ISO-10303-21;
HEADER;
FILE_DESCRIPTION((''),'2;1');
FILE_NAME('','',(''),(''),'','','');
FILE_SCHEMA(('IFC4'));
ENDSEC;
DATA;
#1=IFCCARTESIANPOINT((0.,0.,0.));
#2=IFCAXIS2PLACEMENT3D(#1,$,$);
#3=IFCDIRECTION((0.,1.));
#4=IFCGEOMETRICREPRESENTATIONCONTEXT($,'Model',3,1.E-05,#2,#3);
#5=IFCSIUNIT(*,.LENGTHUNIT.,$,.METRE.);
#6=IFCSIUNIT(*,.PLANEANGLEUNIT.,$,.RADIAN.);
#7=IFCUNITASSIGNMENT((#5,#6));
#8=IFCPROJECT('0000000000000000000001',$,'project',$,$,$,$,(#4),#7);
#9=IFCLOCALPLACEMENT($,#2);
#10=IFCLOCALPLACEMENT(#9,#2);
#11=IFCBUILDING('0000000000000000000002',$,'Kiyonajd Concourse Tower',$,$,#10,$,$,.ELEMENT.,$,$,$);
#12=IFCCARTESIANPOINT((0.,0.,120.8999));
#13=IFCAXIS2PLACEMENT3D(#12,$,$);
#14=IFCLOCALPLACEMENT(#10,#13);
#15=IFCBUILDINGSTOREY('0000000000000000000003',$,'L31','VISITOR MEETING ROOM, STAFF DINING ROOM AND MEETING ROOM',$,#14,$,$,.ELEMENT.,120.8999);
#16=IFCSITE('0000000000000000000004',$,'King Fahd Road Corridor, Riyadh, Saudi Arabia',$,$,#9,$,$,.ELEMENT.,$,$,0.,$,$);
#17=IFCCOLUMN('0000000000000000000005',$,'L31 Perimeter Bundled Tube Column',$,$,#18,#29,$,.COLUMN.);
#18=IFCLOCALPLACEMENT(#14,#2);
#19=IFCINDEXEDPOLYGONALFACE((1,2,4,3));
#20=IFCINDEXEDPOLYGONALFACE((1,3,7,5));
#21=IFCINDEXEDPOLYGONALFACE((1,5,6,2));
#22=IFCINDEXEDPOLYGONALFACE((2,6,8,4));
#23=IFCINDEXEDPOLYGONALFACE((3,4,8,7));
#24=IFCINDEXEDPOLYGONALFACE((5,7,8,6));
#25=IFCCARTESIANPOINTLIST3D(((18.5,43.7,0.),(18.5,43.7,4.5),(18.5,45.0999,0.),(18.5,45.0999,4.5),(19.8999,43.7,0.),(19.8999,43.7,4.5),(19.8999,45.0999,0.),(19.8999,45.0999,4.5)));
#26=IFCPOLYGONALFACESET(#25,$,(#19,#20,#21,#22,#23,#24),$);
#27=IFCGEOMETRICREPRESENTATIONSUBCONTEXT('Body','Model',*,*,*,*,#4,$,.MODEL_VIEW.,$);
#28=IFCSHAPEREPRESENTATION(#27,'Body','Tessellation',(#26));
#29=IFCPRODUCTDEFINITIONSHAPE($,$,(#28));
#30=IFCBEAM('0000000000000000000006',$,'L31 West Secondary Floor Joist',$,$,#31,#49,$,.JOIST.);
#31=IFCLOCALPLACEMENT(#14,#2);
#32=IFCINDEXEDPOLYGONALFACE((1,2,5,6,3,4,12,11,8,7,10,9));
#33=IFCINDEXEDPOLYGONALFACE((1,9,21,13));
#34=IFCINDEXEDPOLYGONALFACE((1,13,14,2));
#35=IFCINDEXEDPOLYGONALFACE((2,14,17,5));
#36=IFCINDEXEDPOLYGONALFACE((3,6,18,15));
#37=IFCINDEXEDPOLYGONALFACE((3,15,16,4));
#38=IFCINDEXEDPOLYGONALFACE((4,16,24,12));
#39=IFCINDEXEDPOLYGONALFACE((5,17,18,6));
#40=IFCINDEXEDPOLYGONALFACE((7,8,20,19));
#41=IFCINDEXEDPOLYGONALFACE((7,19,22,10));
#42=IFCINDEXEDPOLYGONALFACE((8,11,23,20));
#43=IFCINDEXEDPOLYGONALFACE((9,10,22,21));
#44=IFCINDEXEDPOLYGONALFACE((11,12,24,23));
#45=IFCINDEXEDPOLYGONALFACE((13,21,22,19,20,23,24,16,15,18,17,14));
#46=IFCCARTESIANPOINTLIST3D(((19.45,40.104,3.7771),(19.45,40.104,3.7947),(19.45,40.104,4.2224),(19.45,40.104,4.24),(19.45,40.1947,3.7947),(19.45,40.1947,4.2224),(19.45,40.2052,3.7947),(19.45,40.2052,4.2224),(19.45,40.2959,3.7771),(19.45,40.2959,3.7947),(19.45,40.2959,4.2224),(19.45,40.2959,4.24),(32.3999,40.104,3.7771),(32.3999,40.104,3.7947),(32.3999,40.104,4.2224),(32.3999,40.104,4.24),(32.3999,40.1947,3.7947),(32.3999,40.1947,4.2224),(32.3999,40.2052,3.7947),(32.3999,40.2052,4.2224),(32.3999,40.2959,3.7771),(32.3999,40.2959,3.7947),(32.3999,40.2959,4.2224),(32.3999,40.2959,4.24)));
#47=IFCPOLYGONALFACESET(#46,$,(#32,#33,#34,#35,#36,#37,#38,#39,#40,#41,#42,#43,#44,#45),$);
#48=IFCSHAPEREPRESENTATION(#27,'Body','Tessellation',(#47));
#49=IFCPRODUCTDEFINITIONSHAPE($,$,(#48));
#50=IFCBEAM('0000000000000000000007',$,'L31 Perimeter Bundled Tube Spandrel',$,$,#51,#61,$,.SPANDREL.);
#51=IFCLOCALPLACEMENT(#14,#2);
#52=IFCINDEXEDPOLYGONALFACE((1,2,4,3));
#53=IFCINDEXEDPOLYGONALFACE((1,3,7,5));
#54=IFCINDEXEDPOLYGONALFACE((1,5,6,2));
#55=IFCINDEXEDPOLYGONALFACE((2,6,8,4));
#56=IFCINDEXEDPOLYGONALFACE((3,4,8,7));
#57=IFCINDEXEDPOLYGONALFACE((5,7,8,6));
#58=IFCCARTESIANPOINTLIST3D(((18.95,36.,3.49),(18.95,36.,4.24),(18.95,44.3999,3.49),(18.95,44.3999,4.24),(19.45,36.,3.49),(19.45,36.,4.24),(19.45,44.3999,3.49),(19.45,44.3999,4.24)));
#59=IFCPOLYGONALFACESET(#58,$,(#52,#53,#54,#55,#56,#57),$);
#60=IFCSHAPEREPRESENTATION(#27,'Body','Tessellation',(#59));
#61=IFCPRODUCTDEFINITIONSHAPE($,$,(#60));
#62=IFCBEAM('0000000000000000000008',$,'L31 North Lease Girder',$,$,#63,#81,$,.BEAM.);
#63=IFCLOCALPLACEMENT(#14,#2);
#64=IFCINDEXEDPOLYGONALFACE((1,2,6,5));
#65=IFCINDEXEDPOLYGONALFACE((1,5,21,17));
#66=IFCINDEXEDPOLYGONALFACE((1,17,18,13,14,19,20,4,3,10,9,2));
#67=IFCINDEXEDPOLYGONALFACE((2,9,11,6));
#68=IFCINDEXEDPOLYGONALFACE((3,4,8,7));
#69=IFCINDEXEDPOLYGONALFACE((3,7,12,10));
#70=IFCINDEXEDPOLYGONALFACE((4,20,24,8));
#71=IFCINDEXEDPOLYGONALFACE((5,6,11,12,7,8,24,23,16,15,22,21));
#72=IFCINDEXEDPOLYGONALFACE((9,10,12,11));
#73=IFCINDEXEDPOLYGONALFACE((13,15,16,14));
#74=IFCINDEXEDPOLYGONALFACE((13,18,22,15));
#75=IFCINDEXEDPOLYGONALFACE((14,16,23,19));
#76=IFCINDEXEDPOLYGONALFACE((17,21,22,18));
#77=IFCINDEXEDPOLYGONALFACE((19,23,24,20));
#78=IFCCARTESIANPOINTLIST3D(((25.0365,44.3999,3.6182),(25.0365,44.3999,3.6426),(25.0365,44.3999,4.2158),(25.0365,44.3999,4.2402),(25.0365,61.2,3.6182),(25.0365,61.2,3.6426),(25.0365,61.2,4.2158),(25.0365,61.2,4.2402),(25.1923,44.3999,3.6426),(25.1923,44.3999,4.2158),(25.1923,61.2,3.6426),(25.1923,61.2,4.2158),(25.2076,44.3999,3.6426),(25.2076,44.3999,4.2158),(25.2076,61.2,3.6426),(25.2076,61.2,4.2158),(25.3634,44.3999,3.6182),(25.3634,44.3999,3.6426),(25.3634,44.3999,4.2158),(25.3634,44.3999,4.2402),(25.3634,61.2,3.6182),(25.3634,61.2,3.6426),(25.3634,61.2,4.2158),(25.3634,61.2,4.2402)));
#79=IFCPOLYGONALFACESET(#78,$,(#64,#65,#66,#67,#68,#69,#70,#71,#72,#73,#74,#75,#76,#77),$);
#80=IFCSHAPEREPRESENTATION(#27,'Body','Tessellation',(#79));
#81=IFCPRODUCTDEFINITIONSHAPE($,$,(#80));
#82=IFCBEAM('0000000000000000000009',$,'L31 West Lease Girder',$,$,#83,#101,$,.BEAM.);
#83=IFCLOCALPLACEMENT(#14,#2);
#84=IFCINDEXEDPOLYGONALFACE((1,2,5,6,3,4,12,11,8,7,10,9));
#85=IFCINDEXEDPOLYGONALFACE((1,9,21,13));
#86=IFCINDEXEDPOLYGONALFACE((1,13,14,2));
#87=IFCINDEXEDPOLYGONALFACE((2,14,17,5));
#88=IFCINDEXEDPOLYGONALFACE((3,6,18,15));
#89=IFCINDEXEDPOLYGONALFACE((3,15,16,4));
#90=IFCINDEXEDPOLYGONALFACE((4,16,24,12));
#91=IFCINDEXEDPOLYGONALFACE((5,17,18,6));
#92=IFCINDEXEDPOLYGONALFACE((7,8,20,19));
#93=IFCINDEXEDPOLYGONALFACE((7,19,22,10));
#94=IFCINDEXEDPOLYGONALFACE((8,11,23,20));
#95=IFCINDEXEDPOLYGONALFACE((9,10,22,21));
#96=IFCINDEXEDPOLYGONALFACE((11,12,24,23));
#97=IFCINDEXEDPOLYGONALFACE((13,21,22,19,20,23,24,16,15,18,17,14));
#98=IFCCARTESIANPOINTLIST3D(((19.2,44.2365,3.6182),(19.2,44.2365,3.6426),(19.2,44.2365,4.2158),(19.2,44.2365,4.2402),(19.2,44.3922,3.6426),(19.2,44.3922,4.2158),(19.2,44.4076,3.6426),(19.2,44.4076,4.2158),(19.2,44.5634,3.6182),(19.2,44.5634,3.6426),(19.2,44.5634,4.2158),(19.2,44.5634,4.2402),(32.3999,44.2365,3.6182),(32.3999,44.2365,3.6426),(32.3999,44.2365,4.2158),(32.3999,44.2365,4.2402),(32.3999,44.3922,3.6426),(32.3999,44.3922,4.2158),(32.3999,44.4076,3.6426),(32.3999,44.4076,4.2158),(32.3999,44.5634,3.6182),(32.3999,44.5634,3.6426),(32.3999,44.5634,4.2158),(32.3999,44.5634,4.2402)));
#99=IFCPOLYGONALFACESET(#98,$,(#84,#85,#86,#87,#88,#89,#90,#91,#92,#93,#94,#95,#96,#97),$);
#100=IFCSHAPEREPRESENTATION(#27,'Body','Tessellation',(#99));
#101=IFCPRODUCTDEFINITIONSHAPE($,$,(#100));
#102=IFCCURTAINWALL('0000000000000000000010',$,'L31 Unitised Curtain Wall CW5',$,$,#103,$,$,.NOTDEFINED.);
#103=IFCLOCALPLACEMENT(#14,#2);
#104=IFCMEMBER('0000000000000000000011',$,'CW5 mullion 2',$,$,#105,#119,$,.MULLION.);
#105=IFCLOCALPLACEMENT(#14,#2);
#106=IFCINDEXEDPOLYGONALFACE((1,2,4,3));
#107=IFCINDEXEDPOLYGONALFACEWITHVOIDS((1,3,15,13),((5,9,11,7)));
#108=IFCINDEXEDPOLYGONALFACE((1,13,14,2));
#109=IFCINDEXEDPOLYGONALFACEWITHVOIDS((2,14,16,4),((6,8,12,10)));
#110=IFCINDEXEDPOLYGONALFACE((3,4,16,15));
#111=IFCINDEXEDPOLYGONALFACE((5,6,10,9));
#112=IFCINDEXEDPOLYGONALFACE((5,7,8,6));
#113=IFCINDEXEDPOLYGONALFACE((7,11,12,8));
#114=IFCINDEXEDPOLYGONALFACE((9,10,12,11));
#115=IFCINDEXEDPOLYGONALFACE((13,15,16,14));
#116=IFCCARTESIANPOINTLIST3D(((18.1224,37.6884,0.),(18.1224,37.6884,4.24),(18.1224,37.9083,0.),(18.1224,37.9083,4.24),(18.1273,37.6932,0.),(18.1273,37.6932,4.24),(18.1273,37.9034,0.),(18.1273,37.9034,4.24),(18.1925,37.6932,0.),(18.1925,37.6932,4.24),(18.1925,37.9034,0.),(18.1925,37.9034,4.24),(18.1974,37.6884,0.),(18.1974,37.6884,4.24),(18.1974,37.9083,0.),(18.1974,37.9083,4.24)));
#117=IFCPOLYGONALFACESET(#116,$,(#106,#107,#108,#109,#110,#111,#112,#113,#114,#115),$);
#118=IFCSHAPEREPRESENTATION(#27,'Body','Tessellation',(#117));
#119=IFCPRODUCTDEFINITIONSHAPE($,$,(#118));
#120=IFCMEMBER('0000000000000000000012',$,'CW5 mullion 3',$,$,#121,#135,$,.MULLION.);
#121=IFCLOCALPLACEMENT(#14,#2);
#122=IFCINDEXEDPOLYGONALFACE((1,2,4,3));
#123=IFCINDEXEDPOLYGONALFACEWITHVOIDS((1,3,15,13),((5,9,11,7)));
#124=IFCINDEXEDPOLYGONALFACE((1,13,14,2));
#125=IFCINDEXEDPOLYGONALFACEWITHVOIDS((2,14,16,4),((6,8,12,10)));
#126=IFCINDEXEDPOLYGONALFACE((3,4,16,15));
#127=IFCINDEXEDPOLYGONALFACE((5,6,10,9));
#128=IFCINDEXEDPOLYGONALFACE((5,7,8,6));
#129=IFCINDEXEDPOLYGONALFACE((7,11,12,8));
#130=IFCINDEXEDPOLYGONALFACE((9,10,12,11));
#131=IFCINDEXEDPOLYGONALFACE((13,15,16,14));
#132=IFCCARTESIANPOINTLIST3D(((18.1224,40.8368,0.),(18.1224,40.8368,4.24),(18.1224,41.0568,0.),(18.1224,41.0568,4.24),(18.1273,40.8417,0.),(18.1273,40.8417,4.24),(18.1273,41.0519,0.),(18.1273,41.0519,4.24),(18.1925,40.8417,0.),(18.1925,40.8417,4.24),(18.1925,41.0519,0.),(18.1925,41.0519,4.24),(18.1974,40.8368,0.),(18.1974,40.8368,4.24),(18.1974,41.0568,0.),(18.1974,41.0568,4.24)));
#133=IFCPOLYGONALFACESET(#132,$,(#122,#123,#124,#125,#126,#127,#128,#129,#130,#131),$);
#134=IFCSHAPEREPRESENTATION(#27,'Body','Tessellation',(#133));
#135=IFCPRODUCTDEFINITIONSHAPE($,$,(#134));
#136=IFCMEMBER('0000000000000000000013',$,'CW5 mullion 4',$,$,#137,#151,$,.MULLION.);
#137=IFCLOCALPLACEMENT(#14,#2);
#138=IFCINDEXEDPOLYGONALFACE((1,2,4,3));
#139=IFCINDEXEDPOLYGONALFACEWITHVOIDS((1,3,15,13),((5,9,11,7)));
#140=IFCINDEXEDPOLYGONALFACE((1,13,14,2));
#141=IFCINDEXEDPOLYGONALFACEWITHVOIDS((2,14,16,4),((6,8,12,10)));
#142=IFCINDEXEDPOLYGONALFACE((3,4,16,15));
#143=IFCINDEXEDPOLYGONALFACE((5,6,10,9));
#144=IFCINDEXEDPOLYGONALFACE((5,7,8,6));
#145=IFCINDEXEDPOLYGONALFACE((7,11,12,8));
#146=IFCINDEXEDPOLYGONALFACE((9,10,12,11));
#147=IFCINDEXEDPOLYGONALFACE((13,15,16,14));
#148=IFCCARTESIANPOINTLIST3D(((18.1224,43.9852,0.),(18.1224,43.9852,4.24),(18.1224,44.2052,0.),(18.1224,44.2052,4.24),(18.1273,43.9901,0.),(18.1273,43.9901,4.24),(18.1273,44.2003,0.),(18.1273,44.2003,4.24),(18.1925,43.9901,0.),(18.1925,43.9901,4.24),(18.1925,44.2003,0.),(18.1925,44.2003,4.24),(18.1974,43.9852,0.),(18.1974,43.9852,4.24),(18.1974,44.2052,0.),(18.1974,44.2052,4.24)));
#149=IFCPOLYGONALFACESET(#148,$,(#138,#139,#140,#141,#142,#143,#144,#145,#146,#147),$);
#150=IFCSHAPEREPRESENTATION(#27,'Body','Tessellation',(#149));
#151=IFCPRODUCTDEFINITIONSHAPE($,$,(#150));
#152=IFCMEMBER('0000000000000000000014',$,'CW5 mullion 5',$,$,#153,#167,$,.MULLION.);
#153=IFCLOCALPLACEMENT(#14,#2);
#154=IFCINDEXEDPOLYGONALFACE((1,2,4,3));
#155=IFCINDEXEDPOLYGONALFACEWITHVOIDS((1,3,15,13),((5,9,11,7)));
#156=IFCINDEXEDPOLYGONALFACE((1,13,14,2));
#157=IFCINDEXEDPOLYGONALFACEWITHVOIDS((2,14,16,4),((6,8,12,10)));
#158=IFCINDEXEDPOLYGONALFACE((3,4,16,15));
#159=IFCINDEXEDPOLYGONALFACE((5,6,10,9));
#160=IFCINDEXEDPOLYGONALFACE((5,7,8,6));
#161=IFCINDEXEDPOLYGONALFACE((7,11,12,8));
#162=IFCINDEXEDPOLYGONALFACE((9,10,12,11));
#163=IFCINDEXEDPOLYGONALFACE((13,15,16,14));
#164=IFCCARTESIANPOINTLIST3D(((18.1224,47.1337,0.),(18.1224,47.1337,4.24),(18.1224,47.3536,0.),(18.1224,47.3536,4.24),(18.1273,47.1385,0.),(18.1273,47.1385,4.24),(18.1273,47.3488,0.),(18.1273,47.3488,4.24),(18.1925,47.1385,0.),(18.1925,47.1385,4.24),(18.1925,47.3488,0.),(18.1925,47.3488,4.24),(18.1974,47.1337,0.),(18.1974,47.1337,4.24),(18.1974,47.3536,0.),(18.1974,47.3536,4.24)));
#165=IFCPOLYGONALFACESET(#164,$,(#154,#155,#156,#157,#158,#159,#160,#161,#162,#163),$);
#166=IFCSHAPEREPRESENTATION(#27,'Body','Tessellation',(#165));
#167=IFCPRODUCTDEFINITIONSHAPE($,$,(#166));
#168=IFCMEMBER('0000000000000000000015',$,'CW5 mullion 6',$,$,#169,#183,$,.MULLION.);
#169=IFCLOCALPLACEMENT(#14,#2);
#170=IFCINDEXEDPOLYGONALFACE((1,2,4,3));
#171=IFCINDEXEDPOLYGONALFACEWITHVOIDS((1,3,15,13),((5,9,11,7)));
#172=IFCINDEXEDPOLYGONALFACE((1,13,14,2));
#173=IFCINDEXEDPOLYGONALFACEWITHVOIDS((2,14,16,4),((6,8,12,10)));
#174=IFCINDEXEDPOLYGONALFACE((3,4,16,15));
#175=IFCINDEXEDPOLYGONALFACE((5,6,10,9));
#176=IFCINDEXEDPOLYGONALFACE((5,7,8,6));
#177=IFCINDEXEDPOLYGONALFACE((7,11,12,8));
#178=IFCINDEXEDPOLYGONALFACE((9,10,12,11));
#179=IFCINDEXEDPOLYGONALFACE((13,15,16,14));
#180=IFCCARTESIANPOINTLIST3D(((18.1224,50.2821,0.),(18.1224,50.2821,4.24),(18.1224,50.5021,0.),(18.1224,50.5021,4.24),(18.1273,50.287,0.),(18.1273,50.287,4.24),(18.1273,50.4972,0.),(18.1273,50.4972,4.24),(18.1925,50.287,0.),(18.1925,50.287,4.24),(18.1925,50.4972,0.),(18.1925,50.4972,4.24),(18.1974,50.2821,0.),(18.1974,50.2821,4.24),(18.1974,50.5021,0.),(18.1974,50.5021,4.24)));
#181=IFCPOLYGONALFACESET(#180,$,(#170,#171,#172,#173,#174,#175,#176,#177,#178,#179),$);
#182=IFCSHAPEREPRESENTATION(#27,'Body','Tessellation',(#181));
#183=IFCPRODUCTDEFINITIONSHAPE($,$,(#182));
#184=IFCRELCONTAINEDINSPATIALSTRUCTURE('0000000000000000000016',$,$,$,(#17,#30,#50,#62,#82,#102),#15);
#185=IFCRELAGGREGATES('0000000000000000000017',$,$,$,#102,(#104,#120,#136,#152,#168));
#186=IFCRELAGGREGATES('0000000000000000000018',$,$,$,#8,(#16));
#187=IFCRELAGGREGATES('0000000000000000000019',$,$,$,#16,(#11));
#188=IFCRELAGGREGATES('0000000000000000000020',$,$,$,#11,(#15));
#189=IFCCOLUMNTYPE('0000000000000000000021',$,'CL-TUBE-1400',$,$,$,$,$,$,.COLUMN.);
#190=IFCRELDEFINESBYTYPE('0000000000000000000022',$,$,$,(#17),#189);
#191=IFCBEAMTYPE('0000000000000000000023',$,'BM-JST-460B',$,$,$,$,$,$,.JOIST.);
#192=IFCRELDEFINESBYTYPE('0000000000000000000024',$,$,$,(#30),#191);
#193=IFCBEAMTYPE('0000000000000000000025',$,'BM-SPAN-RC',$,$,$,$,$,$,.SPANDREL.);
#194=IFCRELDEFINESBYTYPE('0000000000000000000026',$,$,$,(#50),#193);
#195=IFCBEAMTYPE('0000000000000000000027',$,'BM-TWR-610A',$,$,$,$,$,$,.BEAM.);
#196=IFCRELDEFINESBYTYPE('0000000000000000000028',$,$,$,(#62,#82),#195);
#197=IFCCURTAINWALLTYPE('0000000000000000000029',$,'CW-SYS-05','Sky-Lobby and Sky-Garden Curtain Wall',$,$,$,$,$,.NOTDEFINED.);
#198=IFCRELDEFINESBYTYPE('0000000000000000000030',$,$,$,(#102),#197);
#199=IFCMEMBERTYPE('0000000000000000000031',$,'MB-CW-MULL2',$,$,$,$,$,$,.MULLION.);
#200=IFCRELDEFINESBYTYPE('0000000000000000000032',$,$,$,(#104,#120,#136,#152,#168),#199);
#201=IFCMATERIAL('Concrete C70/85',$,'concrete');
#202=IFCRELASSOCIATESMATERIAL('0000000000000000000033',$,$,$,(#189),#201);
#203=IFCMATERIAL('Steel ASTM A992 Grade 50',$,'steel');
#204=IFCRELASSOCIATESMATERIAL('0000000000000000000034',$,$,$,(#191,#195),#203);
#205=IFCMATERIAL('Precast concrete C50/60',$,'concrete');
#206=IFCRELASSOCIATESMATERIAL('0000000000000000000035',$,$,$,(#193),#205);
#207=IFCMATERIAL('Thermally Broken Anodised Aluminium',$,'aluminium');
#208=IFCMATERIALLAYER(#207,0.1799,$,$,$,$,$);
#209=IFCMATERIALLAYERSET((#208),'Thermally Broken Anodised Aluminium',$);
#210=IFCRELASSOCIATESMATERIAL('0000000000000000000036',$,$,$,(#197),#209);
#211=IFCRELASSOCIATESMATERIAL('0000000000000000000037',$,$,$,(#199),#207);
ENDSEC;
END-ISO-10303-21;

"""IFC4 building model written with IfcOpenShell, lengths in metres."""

from ifc_helpers import new_model, si_unit, direction, frame, origin, origin_2d, place, context, subcontext, project, spatial, rectangle, hollow_rectangle, i_section, extrude, material, layer, layer_set, material_profile, profile_set, type_object, element, aggregate, save


model = new_model("IFC4")

# Units and contexts
model_context = context("Model", 3, precision=1e-05, world=origin(), true_north=direction((0.0, 1.0)))
body_context = subcontext(model_context, "Body", "Model", "MODEL_VIEW")
ifc_project = project(units=[si_unit("LENGTHUNIT", "METRE"), si_unit("PLANEANGLEUNIT", "RADIAN")], contexts=[model_context])

# Site, building, storey
site_placement = place(None, origin())
site = spatial("IfcSite", under=ifc_project, at=site_placement, Name="King Fahd Road Corridor, Riyadh, Saudi Arabia", CompositionType="ELEMENT", RefElevation=0.0)
building_placement = place(site_placement, origin())
building = spatial("IfcBuilding", under=site, at=building_placement, Name="Kiyonajd Concourse Tower", CompositionType="ELEMENT")
storey_placement = place(building_placement, frame((0.0, 0.0, 120.8999)))
storey = spatial("IfcBuildingStorey", under=building, at=storey_placement, Name="L31", Description="VISITOR MEETING ROOM, STAFF DINING ROOM AND MEETING ROOM", CompositionType="ELEMENT", Elevation=120.8999)

# Column
ifc_material_1 = material(Name="Concrete C70/85", Category="concrete")
ifc_material_profile_1 = material_profile(ifc_material_1, rectangle(XDim=1.3999, YDim=1.3999, at=origin_2d()), Name="RC-1400x1400")
ifc_profile_set_1 = profile_set([ifc_material_profile_1], Name="Concrete C70/85")
column_type = type_object("IfcColumnType", Name="CL-TUBE-1400", PredefinedType="COLUMN", material=ifc_profile_set_1)
column_placement = place(storey_placement, frame((19.2, 44.3999, 0.0), z_axis=(0.0, 0.0, 1.0), x_axis=(1.0, 0.0, 0.0)))
element("IfcColumn", 1, at=column_placement, inside=storey, type_object=column_type, Name="L31 Perimeter Bundled Tube Column", PredefinedType="COLUMN", context=body_context, shape_type="SweptSolid", body=[
    extrude(rectangle(XDim=1.3999, YDim=1.3999, at=origin_2d()), origin(), (0.0, 0.0, 1.0), 4.5),
])

# Beams
ifc_material_2 = material(Name="Steel ASTM A992 Grade 50", Category="steel")
ifc_material_profile_2 = material_profile(ifc_material_2, i_section(OverallWidth=0.1919, OverallDepth=0.4629, WebThickness=0.0105, FlangeThickness=0.0176, at=origin_2d()), Name="W460X89")
ifc_profile_set_2 = profile_set([ifc_material_profile_2], Name="Steel ASTM A992 Grade 50")
beam_type_1 = type_object("IfcBeamType", Name="BM-JST-460B", PredefinedType="JOIST", material=ifc_profile_set_2)
beam_1_placement = place(storey_placement, frame((19.45, 40.2, 4.0085), z_axis=(1.0, 0.0, 0.0), x_axis=(0.0, 1.0, 0.0)))
element("IfcBeam", 2, at=beam_1_placement, inside=storey, type_object=beam_type_1, Name="L31 West Secondary Floor Joist", PredefinedType="JOIST", context=body_context, shape_type="SweptSolid", body=[
    extrude(i_section(OverallWidth=0.1919, OverallDepth=0.4629, WebThickness=0.0105, FlangeThickness=0.0176, at=origin_2d()), origin(), (0.0, 0.0, 1.0), 12.95),
])
ifc_material_3 = material(Name="Precast concrete C50/60", Category="concrete")
ifc_material_profile_3 = material_profile(ifc_material_3, rectangle(XDim=0.5, YDim=0.75, at=origin_2d()), Name="RCBM-500x750")
ifc_profile_set_3 = profile_set([ifc_material_profile_3], Name="Precast concrete C50/60")
beam_type_2 = type_object("IfcBeamType", Name="BM-SPAN-RC", PredefinedType="SPANDREL", material=ifc_profile_set_3)
beam_2_placement = place(storey_placement, frame((19.2, 44.3999, 3.865), z_axis=(0.0, -1.0, 0.0), x_axis=(1.0, 0.0, 0.0)))
element("IfcBeam", 3, at=beam_2_placement, inside=storey, type_object=beam_type_2, Name="L31 Perimeter Bundled Tube Spandrel", PredefinedType="SPANDREL", context=body_context, shape_type="SweptSolid", body=[
    extrude(rectangle(XDim=0.5, YDim=0.75, at=origin_2d()), origin(), (0.0, 0.0, 1.0), 8.3999),
])
ifc_material_profile_4 = material_profile(ifc_material_2, i_section(OverallWidth=0.3269, OverallDepth=0.6221, WebThickness=0.0154, FlangeThickness=0.0244, at=origin_2d()), Name="W610X195")
ifc_profile_set_4 = profile_set([ifc_material_profile_4], Name="Steel ASTM A992 Grade 50")
beam_type_3 = type_object("IfcBeamType", Name="BM-TWR-610A", PredefinedType="BEAM", material=ifc_profile_set_4)
beam_3_placement = place(storey_placement, frame((25.2, 44.3999, 3.9292), z_axis=(0.0, 1.0, 0.0), x_axis=(-1.0, 0.0, 0.0)))
element("IfcBeam", 4, at=beam_3_placement, inside=storey, type_object=beam_type_3, Name="L31 North Lease Girder", PredefinedType="BEAM", context=body_context, shape_type="SweptSolid", body=[
    extrude(i_section(OverallWidth=0.3269, OverallDepth=0.6221, WebThickness=0.0154, FlangeThickness=0.0244, at=origin_2d()), origin(), (0.0, 0.0, 1.0), 16.8),
])
beam_4_placement = place(storey_placement, frame((19.2, 44.3999, 3.9292), z_axis=(1.0, 0.0, 0.0), x_axis=(0.0, 1.0, 0.0)))
element("IfcBeam", 5, at=beam_4_placement, inside=storey, type_object=beam_type_3, Name="L31 West Lease Girder", PredefinedType="BEAM", context=body_context, shape_type="SweptSolid", body=[
    extrude(i_section(OverallWidth=0.3269, OverallDepth=0.6221, WebThickness=0.0154, FlangeThickness=0.0244, at=origin_2d()), origin(), (0.0, 0.0, 1.0), 13.2),
])

# Curtain wall, members
ifc_material_4 = material(Name="Thermally Broken Anodised Aluminium", Category="aluminium")
ifc_layer_1 = layer(ifc_material_4, 0.1799)
ifc_layer_set_1 = layer_set([ifc_layer_1], Name="Thermally Broken Anodised Aluminium")
curtain_wall_type = type_object("IfcCurtainWallType", Name="CW-SYS-05", Description="Sky-Lobby and Sky-Garden Curtain Wall", PredefinedType="NOTDEFINED", material=ifc_layer_set_1)
curtain_wall_placement = place(storey_placement, origin())
curtain_wall = element("IfcCurtainWall", 6, at=curtain_wall_placement, inside=storey, type_object=curtain_wall_type, Name="L31 Unitised Curtain Wall CW5", PredefinedType="NOTDEFINED")
ifc_material_profile_5 = material_profile(ifc_material_4, hollow_rectangle(XDim=0.075, YDim=0.22, WallThickness=0.0049, at=origin_2d()), Name="MULL-75x220")
ifc_profile_set_5 = profile_set([ifc_material_profile_5], Name="Thermally Broken Anodised Aluminium")
member_type_1 = type_object("IfcMemberType", Name="MB-CW-MULL2", PredefinedType="MULLION", material=ifc_profile_set_5)
member_1_placement = place(storey_placement, frame((18.1599, 37.7983, 0.0), z_axis=(0.0, 0.0, 1.0), x_axis=(-1.0, 0.0, 0.0)))
member_1 = element("IfcMember", 7, at=member_1_placement, type_object=member_type_1, Name="CW5 mullion 2", PredefinedType="MULLION", context=body_context, shape_type="SweptSolid", body=[
    extrude(hollow_rectangle(XDim=0.075, YDim=0.22, WallThickness=0.0049, at=origin_2d()), origin(), (0.0, 0.0, 1.0), 4.24),
])
member_2_placement = place(storey_placement, frame((18.1599, 40.9468, 0.0), z_axis=(0.0, 0.0, 1.0), x_axis=(-1.0, 0.0, 0.0)))
member_2 = element("IfcMember", 8, at=member_2_placement, type_object=member_type_1, Name="CW5 mullion 3", PredefinedType="MULLION", context=body_context, shape_type="SweptSolid", body=[
    extrude(hollow_rectangle(XDim=0.075, YDim=0.22, WallThickness=0.0049, at=origin_2d()), origin(), (0.0, 0.0, 1.0), 4.24),
])
member_3_placement = place(storey_placement, frame((18.1599, 44.0952, 0.0), z_axis=(0.0, 0.0, 1.0), x_axis=(-1.0, 0.0, 0.0)))
member_3 = element("IfcMember", 9, at=member_3_placement, type_object=member_type_1, Name="CW5 mullion 4", PredefinedType="MULLION", context=body_context, shape_type="SweptSolid", body=[
    extrude(hollow_rectangle(XDim=0.075, YDim=0.22, WallThickness=0.0049, at=origin_2d()), origin(), (0.0, 0.0, 1.0), 4.24),
])
member_4_placement = place(storey_placement, frame((18.1599, 47.2437, 0.0), z_axis=(0.0, 0.0, 1.0), x_axis=(-1.0, 0.0, 0.0)))
member_4 = element("IfcMember", 10, at=member_4_placement, type_object=member_type_1, Name="CW5 mullion 5", PredefinedType="MULLION", context=body_context, shape_type="SweptSolid", body=[
    extrude(hollow_rectangle(XDim=0.075, YDim=0.22, WallThickness=0.0049, at=origin_2d()), origin(), (0.0, 0.0, 1.0), 4.24),
])
member_5_placement = place(storey_placement, frame((18.1599, 50.3921, 0.0), z_axis=(0.0, 0.0, 1.0), x_axis=(-1.0, 0.0, 0.0)))
member_5 = element("IfcMember", 11, at=member_5_placement, type_object=member_type_1, Name="CW5 mullion 6", PredefinedType="MULLION", context=body_context, shape_type="SweptSolid", body=[
    extrude(hollow_rectangle(XDim=0.075, YDim=0.22, WallThickness=0.0049, at=origin_2d()), origin(), (0.0, 0.0, 1.0), 4.24),
])
aggregate(curtain_wall, [member_1, member_2, member_3, member_4, member_5])

save(model, "model.ifc")
